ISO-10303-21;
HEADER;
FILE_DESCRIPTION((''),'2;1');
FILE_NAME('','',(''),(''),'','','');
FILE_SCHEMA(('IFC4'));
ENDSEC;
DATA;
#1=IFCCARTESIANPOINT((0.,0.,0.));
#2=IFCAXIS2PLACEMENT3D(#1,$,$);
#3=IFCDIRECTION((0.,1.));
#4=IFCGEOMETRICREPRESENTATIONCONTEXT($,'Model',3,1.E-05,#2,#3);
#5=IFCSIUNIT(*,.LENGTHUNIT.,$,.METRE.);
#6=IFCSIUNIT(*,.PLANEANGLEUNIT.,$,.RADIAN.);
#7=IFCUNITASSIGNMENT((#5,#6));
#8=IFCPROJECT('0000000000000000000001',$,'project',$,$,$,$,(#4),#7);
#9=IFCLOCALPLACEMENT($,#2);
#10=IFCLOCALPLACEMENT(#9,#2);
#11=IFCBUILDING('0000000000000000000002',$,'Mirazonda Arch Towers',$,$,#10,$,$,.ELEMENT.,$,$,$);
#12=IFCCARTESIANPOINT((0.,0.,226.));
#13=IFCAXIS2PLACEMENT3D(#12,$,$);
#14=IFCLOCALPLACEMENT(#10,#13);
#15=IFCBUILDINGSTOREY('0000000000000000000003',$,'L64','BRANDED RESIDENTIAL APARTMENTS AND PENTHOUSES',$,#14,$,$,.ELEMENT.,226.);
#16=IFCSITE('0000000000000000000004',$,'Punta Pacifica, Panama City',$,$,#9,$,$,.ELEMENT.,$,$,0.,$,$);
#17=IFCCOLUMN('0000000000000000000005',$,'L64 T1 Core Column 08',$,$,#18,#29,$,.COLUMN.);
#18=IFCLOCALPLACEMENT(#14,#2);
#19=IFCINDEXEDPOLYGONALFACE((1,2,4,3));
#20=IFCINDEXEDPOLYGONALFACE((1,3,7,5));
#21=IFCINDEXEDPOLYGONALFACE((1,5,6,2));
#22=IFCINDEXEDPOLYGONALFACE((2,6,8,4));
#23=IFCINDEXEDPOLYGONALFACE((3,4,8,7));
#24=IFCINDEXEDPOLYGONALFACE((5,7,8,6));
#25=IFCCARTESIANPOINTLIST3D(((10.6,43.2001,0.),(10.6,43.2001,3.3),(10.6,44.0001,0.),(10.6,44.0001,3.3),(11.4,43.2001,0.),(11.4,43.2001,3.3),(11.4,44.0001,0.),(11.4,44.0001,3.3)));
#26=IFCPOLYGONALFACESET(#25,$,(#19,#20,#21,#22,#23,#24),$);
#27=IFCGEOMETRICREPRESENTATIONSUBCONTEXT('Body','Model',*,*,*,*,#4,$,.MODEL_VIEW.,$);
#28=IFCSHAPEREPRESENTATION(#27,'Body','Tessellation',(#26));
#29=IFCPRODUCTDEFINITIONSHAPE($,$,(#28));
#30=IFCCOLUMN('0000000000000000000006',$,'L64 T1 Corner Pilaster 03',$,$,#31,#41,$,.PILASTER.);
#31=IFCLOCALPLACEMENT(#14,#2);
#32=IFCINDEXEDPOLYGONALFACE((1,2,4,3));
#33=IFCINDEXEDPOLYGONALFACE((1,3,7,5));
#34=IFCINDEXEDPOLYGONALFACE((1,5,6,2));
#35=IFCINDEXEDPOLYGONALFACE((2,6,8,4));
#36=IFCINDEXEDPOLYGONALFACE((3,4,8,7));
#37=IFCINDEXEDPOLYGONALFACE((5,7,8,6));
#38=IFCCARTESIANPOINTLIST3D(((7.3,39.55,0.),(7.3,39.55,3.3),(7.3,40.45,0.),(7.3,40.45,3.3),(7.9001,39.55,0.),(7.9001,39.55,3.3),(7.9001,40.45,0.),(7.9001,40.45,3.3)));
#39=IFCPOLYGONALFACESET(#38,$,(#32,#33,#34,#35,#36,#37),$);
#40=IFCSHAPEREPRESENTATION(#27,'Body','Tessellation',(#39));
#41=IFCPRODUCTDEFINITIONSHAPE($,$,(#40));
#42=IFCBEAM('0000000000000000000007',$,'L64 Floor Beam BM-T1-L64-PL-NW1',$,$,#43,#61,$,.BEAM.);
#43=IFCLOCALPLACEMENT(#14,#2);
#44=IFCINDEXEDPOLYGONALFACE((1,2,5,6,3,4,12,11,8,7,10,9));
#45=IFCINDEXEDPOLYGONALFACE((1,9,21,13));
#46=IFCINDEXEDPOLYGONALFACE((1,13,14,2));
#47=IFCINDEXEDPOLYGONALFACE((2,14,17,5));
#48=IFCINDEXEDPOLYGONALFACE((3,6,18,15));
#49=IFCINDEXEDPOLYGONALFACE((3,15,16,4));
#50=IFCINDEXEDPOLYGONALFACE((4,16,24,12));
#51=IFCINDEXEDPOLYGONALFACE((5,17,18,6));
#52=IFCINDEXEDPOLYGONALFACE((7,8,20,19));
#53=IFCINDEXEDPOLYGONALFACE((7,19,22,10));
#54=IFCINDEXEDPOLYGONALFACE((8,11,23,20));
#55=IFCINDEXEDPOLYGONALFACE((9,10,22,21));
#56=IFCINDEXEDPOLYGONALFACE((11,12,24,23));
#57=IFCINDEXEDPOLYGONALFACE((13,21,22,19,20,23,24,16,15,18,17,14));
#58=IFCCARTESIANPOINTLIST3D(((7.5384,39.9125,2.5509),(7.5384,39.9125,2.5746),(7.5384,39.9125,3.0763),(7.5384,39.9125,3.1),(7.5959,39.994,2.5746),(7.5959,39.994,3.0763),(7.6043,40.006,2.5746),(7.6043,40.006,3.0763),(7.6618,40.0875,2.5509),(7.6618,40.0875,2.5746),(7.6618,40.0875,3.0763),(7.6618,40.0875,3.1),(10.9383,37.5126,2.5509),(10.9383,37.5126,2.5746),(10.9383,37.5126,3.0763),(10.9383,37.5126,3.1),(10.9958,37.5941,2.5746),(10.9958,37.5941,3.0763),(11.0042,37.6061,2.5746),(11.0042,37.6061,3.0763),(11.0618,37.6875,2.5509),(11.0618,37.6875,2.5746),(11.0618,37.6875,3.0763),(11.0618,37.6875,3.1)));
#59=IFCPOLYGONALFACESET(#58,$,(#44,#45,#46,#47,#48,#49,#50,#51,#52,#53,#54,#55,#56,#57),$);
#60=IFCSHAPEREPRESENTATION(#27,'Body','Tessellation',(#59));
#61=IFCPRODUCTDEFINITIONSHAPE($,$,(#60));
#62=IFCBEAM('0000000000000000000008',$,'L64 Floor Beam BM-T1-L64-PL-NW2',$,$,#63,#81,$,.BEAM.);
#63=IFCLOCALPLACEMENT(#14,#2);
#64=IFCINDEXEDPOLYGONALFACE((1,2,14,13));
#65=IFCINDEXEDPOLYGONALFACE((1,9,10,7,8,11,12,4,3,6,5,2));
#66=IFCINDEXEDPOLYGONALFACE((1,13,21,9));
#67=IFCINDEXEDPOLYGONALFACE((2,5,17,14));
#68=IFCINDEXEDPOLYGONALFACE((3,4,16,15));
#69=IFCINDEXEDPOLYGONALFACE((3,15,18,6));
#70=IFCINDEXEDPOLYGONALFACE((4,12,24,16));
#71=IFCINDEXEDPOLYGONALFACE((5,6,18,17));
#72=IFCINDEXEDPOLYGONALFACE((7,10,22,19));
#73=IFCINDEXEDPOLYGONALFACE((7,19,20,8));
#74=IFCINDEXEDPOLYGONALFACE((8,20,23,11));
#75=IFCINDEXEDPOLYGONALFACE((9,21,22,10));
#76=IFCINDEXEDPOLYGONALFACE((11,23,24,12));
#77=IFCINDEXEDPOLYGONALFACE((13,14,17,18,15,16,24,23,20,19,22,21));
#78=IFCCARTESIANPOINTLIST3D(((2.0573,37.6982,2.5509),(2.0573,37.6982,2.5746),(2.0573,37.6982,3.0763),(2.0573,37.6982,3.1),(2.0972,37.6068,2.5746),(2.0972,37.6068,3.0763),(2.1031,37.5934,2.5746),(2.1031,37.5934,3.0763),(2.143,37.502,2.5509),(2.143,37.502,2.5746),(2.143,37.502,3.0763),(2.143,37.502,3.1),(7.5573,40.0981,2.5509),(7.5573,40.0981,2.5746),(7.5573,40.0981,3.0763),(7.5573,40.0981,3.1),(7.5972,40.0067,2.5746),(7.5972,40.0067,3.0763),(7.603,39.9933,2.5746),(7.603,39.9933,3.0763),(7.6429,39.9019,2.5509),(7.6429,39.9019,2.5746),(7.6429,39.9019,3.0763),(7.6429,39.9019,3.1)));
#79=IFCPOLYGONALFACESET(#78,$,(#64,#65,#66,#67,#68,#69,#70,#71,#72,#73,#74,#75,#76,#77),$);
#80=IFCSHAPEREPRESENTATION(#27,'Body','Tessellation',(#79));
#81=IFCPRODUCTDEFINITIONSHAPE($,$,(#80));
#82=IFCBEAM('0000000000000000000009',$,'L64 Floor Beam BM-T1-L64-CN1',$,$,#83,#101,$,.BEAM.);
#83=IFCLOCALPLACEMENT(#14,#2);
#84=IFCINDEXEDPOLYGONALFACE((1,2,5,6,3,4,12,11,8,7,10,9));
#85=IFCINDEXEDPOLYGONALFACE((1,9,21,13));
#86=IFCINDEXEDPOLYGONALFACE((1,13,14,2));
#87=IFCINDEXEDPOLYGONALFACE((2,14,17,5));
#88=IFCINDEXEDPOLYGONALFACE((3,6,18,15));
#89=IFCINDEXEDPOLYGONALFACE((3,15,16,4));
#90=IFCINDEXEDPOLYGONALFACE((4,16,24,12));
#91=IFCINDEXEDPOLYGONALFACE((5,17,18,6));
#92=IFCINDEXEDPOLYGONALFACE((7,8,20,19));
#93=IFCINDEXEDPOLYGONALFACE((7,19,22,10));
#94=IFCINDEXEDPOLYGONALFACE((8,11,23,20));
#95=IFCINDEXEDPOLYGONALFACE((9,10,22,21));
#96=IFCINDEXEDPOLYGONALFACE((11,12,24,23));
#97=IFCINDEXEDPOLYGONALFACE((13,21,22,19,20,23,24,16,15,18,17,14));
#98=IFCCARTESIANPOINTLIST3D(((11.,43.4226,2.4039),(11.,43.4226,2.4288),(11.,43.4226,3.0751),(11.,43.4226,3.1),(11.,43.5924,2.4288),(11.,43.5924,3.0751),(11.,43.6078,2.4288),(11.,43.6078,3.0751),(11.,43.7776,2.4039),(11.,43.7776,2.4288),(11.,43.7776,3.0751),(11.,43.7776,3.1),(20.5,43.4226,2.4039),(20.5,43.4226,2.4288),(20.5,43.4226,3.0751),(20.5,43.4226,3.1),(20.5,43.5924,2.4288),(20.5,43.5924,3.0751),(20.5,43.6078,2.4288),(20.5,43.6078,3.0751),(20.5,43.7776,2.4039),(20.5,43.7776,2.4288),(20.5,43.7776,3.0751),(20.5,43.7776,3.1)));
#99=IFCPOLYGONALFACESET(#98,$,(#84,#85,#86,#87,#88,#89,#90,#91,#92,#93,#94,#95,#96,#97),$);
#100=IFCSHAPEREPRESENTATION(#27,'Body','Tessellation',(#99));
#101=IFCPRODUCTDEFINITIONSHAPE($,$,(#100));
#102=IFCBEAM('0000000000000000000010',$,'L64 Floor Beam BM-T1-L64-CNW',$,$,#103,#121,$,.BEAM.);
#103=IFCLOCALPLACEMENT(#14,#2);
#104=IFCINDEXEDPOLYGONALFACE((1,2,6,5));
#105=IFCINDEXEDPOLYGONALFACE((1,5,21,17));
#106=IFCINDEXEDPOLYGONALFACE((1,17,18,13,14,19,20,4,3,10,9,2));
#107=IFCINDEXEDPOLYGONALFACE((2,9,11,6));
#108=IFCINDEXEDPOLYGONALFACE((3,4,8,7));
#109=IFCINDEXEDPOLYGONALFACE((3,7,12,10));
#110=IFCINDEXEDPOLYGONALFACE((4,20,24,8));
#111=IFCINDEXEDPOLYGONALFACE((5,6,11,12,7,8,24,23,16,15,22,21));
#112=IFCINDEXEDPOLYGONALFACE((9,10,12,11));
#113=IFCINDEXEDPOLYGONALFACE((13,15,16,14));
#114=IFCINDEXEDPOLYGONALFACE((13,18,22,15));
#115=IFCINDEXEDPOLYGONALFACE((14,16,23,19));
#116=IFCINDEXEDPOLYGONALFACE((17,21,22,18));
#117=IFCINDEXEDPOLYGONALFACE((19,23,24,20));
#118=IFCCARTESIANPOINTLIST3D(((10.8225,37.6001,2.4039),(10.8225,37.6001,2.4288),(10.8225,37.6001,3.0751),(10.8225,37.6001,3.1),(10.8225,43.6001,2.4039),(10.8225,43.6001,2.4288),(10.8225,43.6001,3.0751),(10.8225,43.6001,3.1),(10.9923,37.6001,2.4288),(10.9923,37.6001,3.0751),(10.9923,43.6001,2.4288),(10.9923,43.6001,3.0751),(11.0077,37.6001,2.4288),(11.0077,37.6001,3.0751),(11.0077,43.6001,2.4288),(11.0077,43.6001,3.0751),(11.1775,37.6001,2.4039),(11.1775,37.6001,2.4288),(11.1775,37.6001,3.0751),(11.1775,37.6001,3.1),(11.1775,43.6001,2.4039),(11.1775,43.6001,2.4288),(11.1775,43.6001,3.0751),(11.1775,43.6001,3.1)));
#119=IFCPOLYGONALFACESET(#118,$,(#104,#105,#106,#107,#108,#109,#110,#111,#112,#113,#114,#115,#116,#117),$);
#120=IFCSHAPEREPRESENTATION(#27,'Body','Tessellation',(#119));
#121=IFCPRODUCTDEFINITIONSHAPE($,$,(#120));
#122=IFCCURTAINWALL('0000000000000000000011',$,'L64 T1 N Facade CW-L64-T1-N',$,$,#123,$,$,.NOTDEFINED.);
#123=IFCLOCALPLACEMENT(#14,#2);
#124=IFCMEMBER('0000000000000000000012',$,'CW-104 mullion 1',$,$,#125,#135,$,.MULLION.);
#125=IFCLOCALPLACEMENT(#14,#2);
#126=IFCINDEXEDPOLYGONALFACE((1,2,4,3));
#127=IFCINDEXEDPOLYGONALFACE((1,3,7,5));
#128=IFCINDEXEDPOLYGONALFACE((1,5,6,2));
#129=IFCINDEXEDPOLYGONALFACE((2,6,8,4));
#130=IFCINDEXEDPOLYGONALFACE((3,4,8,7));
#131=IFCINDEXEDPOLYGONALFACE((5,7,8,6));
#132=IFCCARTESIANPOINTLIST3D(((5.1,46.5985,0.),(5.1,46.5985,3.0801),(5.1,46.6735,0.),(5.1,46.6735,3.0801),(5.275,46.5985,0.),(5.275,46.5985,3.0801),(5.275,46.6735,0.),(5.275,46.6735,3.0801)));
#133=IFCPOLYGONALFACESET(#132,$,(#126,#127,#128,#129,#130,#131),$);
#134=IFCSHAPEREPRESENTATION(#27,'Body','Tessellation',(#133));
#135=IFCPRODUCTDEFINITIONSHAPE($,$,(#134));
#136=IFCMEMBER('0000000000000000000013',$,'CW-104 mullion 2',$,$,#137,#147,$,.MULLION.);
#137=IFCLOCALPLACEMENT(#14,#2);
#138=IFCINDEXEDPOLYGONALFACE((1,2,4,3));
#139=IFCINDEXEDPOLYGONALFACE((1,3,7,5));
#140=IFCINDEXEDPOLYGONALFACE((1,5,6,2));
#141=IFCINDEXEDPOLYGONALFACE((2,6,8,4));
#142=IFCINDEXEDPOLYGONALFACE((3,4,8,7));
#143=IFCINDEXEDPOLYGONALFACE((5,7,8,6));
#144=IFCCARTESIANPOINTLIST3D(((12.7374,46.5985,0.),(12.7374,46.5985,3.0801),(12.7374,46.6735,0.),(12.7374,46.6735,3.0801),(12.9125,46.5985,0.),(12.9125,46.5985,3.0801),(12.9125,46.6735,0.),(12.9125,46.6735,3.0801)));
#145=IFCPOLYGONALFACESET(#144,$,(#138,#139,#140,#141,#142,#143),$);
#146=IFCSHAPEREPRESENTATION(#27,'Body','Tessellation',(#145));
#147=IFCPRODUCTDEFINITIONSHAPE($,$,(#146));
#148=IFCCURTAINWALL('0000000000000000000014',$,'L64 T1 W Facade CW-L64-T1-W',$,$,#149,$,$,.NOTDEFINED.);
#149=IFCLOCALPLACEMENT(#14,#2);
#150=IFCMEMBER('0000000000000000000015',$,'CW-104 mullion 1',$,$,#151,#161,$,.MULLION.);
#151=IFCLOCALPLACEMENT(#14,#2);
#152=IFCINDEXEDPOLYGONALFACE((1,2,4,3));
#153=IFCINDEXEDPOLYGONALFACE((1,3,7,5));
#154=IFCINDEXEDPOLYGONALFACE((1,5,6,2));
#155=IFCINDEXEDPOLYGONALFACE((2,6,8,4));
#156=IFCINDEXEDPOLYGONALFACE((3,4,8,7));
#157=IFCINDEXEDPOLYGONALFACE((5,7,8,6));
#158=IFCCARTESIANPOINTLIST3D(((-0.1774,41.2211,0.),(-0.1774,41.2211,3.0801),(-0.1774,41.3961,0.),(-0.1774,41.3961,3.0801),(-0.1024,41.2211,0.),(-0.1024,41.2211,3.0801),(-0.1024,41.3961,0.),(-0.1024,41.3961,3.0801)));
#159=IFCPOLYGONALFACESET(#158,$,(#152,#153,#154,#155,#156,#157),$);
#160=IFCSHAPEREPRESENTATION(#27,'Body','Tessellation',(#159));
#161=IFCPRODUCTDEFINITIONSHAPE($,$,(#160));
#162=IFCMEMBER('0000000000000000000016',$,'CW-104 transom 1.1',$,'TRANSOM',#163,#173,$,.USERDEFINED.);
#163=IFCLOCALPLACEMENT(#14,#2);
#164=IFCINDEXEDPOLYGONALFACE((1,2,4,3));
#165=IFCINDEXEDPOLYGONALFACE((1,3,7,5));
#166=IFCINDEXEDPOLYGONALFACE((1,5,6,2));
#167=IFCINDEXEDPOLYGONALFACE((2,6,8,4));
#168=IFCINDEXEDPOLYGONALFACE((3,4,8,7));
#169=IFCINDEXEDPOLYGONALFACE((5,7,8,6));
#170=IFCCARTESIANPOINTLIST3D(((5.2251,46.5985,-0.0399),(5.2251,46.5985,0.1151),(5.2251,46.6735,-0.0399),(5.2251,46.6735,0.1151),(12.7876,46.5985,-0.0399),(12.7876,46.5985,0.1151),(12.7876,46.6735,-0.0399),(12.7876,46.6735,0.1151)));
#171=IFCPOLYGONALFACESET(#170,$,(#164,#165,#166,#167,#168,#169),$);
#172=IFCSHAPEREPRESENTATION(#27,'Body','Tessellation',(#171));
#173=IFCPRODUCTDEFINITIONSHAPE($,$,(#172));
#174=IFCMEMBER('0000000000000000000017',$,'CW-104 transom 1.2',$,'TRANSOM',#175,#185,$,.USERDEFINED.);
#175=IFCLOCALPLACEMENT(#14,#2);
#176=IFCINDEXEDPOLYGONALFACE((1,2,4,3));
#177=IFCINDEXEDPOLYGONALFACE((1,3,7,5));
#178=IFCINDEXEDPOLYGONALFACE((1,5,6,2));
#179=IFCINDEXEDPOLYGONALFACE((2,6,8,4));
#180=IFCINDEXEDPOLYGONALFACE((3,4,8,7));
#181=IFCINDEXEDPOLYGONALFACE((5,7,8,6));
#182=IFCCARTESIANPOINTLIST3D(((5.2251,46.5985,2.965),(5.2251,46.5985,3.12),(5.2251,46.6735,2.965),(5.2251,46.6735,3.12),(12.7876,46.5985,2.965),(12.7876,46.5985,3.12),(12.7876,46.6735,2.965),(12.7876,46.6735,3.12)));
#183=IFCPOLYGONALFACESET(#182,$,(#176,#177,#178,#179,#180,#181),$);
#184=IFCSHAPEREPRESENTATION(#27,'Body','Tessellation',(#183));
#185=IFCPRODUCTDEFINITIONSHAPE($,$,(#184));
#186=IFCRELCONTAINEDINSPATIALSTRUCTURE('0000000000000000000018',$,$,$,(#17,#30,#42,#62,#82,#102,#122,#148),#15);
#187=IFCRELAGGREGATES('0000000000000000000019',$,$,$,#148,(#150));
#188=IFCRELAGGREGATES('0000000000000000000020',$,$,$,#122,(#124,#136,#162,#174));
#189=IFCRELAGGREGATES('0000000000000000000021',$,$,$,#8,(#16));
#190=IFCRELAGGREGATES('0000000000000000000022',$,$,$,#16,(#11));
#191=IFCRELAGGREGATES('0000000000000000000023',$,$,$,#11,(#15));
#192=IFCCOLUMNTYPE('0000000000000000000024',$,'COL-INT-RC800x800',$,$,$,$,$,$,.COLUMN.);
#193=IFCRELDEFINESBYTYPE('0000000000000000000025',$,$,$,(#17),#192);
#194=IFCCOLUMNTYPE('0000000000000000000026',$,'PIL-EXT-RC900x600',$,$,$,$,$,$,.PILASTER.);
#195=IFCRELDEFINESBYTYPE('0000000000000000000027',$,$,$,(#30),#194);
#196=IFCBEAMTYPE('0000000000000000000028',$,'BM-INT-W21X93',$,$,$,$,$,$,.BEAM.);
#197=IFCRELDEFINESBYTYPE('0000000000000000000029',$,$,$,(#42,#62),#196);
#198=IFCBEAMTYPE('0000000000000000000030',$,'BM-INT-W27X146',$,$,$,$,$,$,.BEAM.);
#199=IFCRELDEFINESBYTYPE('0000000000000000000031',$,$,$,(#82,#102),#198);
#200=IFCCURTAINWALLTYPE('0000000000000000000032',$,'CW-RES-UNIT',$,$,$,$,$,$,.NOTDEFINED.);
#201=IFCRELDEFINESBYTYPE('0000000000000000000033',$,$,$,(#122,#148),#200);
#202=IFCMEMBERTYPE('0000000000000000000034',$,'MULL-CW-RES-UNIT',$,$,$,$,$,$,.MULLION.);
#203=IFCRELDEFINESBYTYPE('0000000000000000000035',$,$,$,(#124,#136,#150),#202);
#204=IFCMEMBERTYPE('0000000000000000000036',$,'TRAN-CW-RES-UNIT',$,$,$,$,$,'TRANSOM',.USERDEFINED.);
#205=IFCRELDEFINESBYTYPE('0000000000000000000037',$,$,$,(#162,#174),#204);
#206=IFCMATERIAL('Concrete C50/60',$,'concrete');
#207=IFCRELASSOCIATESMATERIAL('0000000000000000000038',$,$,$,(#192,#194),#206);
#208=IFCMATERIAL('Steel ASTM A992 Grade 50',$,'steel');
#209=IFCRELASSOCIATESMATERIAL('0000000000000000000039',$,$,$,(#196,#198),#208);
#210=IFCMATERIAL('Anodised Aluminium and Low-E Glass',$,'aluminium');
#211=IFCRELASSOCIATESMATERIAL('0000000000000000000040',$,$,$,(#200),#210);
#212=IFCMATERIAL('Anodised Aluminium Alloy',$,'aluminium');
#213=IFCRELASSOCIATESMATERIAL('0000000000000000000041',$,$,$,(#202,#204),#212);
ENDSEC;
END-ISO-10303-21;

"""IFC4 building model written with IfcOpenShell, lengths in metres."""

from ifc_helpers import new_model, si_unit, direction, frame, origin, origin_2d, place, context, subcontext, project, spatial, rectangle, i_section, extrude, material, material_profile, profile_set, type_object, element, aggregate, save


model = new_model("IFC4")

# Units and contexts
model_context = context("Model", 3, precision=1e-05, world=origin(), true_north=direction((0.0, 1.0)))
body_context = subcontext(model_context, "Body", "Model", "MODEL_VIEW")
ifc_project = project(units=[si_unit("LENGTHUNIT", "METRE"), si_unit("PLANEANGLEUNIT", "RADIAN")], contexts=[model_context])

# Site, building, storey
site_placement = place(None, origin())
site = spatial("IfcSite", under=ifc_project, at=site_placement, Name="Punta Pacifica, Panama City", CompositionType="ELEMENT", RefElevation=0.0)
building_placement = place(site_placement, origin())
building = spatial("IfcBuilding", under=site, at=building_placement, Name="Mirazonda Arch Towers", CompositionType="ELEMENT")
storey_placement = place(building_placement, frame((0.0, 0.0, 226.0)))
storey = spatial("IfcBuildingStorey", under=building, at=storey_placement, Name="L64", Description="BRANDED RESIDENTIAL APARTMENTS AND PENTHOUSES", CompositionType="ELEMENT", Elevation=226.0)

# Columns
ifc_material_1 = material(Name="Concrete C50/60", Category="concrete")
ifc_material_profile_1 = material_profile(ifc_material_1, rectangle(XDim=0.8, YDim=0.8, at=origin_2d()), Name="RC800x800")
ifc_profile_set_1 = profile_set([ifc_material_profile_1], Name="Concrete C50/60")
column_type_1 = type_object("IfcColumnType", Name="COL-INT-RC800x800", PredefinedType="COLUMN", material=ifc_profile_set_1)
column_1_placement = place(storey_placement, frame((11.0, 43.6001, 0.0), z_axis=(0.0, 0.0, 1.0), x_axis=(1.0, 0.0, 0.0)))
element("IfcColumn", 1, at=column_1_placement, inside=storey, type_object=column_type_1, Name="L64 T1 Core Column 08", PredefinedType="COLUMN", context=body_context, shape_type="SweptSolid", body=[
    extrude(rectangle(XDim=0.8, YDim=0.8, at=origin_2d()), origin(), (0.0, 0.0, 1.0), 3.3),
])
ifc_material_profile_2 = material_profile(ifc_material_1, rectangle(XDim=0.6001, YDim=0.8999, at=origin_2d()), Name="RC900x600")
ifc_profile_set_2 = profile_set([ifc_material_profile_2], Name="Concrete C50/60")
column_type_2 = type_object("IfcColumnType", Name="PIL-EXT-RC900x600", PredefinedType="PILASTER", material=ifc_profile_set_2)
column_2_placement = place(storey_placement, frame((7.6001, 40.0, 0.0), z_axis=(0.0, 0.0, 1.0), x_axis=(1.0, 0.0, 0.0)))
element("IfcColumn", 2, at=column_2_placement, inside=storey, type_object=column_type_2, Name="L64 T1 Corner Pilaster 03", PredefinedType="PILASTER", context=body_context, shape_type="SweptSolid", body=[
    extrude(rectangle(XDim=0.6001, YDim=0.8999, at=origin_2d()), origin(), (0.0, 0.0, 1.0), 3.3),
])

# Beams
ifc_material_2 = material(Name="Steel ASTM A992 Grade 50", Category="steel")
ifc_material_profile_3 = material_profile(ifc_material_2, i_section(OverallWidth=0.2141, OverallDepth=0.5491, WebThickness=0.0146, FlangeThickness=0.0237, at=origin_2d()), Name="W21X93")
ifc_profile_set_3 = profile_set([ifc_material_profile_3], Name="Steel ASTM A992 Grade 50")
beam_type_1 = type_object("IfcBeamType", Name="BM-INT-W21X93", PredefinedType="BEAM", material=ifc_profile_set_3)
beam_1_placement = place(storey_placement, frame((7.6001, 40.0, 2.8254), z_axis=(0.816971, -0.576679, 0.0), x_axis=(0.576679, 0.816971, 0.0)))
element("IfcBeam", 3, at=beam_1_placement, inside=storey, type_object=beam_type_1, Name="L64 Floor Beam BM-T1-L64-PL-NW1", PredefinedType="BEAM", context=body_context, shape_type="SweptSolid", body=[
    extrude(i_section(OverallWidth=0.2141, OverallDepth=0.5491, WebThickness=0.0146, FlangeThickness=0.0237, at=origin_2d()), origin(), (0.0, 0.0, 1.0), 4.1616),
])
beam_2_placement = place(storey_placement, frame((7.6001, 40.0, 2.8254), z_axis=(-0.916545, -0.399931, 0.0), x_axis=(0.399931, -0.916545, 0.0)))
element("IfcBeam", 4, at=beam_2_placement, inside=storey, type_object=beam_type_1, Name="L64 Floor Beam BM-T1-L64-PL-NW2", PredefinedType="BEAM", context=body_context, shape_type="SweptSolid", body=[
    extrude(i_section(OverallWidth=0.2141, OverallDepth=0.5491, WebThickness=0.0146, FlangeThickness=0.0237, at=origin_2d()), origin(), (0.0, 0.0, 1.0), 6.0007),
])
ifc_material_profile_4 = material_profile(ifc_material_2, i_section(OverallWidth=0.355, OverallDepth=0.696, WebThickness=0.0154, FlangeThickness=0.0249, at=origin_2d()), Name="W27X146")
ifc_profile_set_4 = profile_set([ifc_material_profile_4], Name="Steel ASTM A992 Grade 50")
beam_type_2 = type_object("IfcBeamType", Name="BM-INT-W27X146", PredefinedType="BEAM", material=ifc_profile_set_4)
beam_3_placement = place(storey_placement, frame((11.0, 43.6001, 2.752), z_axis=(1.0, 0.0, 0.0), x_axis=(0.0, 1.0, 0.0)))
element("IfcBeam", 5, at=beam_3_placement, inside=storey, type_object=beam_type_2, Name="L64 Floor Beam BM-T1-L64-CN1", PredefinedType="BEAM", context=body_context, shape_type="SweptSolid", body=[
    extrude(i_section(OverallWidth=0.355, OverallDepth=0.696, WebThickness=0.0154, FlangeThickness=0.0249, at=origin_2d()), origin(), (0.0, 0.0, 1.0), 9.5),
])
beam_4_placement = place(storey_placement, frame((11.0, 37.6001, 2.752), z_axis=(0.0, 1.0, 0.0), x_axis=(-1.0, 0.0, 0.0)))
element("IfcBeam", 6, at=beam_4_placement, inside=storey, type_object=beam_type_2, Name="L64 Floor Beam BM-T1-L64-CNW", PredefinedType="BEAM", context=body_context, shape_type="SweptSolid", body=[
    extrude(i_section(OverallWidth=0.355, OverallDepth=0.696, WebThickness=0.0154, FlangeThickness=0.0249, at=origin_2d()), origin(), (0.0, 0.0, 1.0), 6.0),
])

# Curtain wall, members
ifc_material_3 = material(Name="Anodised Aluminium and Low-E Glass", Category="aluminium")
curtain_wall_type = type_object("IfcCurtainWallType", Name="CW-RES-UNIT", PredefinedType="NOTDEFINED", material=ifc_material_3)
curtain_wall_1_placement = place(storey_placement, origin())
curtain_wall_1 = element("IfcCurtainWall", 7, at=curtain_wall_1_placement, inside=storey, type_object=curtain_wall_type, Name="L64 T1 N Facade CW-L64-T1-N", PredefinedType="NOTDEFINED")
ifc_material_4 = material(Name="Anodised Aluminium Alloy", Category="aluminium")
ifc_material_profile_5 = material_profile(ifc_material_4, rectangle(XDim=0.075, YDim=0.175, at=origin_2d()), Name="ALU-MULL-75x175")
ifc_profile_set_5 = profile_set([ifc_material_profile_5], Name="Anodised Aluminium Alloy")
member_type_1 = type_object("IfcMemberType", Name="MULL-CW-RES-UNIT", PredefinedType="MULLION", material=ifc_profile_set_5)
member_1_placement = place(storey_placement, frame((5.1875, 46.636, 0.0), z_axis=(0.0, 0.0, 1.0), x_axis=(0.0, 1.0, 0.0)))
member_1 = element("IfcMember", 8, at=member_1_placement, type_object=member_type_1, Name="CW-104 mullion 1", PredefinedType="MULLION", context=body_context, shape_type="SweptSolid", body=[
    extrude(rectangle(XDim=0.075, YDim=0.175, at=origin_2d()), origin(), (0.0, 0.0, 1.0), 3.0801),
])
member_2_placement = place(storey_placement, frame((12.825, 46.636, 0.0), z_axis=(0.0, 0.0, 1.0), x_axis=(0.0, 1.0, 0.0)))
member_2 = element("IfcMember", 9, at=member_2_placement, type_object=member_type_1, Name="CW-104 mullion 2", PredefinedType="MULLION", context=body_context, shape_type="SweptSolid", body=[
    extrude(rectangle(XDim=0.075, YDim=0.175, at=origin_2d()), origin(), (0.0, 0.0, 1.0), 3.0801),
])

# Curtain wall, member
curtain_wall_2_placement = place(storey_placement, origin())
curtain_wall_2 = element("IfcCurtainWall", 10, at=curtain_wall_2_placement, inside=storey, type_object=curtain_wall_type, Name="L64 T1 W Facade CW-L64-T1-W", PredefinedType="NOTDEFINED")
member_3_placement = place(storey_placement, frame((-0.1399, 41.3086, 0.0), z_axis=(0.0, 0.0, 1.0), x_axis=(1.0, 0.0, 0.0)))
member_3 = element("IfcMember", 11, at=member_3_placement, type_object=member_type_1, Name="CW-104 mullion 1", PredefinedType="MULLION", context=body_context, shape_type="SweptSolid", body=[
    extrude(rectangle(XDim=0.075, YDim=0.175, at=origin_2d()), origin(), (0.0, 0.0, 1.0), 3.0801),
])

# Members
ifc_material_profile_6 = material_profile(ifc_material_4, rectangle(XDim=0.075, YDim=0.155, at=origin_2d()), Name="ALU-TRAN-75x155")
ifc_profile_set_6 = profile_set([ifc_material_profile_6], Name="Anodised Aluminium Alloy")
member_type_2 = type_object("IfcMemberType", Name="TRAN-CW-RES-UNIT", ElementType="TRANSOM", PredefinedType="USERDEFINED", material=ifc_profile_set_6)
member_4_placement = place(storey_placement, frame((5.2251, 46.636, 0.0376), z_axis=(1.0, 0.0, 0.0), x_axis=(0.0, 1.0, 0.0)))
member_4 = element("IfcMember", 12, at=member_4_placement, type_object=member_type_2, Name="CW-104 transom 1.1", ObjectType="TRANSOM", PredefinedType="USERDEFINED", context=body_context, shape_type="SweptSolid", body=[
    extrude(rectangle(XDim=0.075, YDim=0.155, at=origin_2d()), origin(), (0.0, 0.0, 1.0), 7.5625),
])
member_5_placement = place(storey_placement, frame((5.2251, 46.636, 3.0425), z_axis=(1.0, 0.0, 0.0), x_axis=(0.0, 1.0, 0.0)))
member_5 = element("IfcMember", 13, at=member_5_placement, type_object=member_type_2, Name="CW-104 transom 1.2", ObjectType="TRANSOM", PredefinedType="USERDEFINED", context=body_context, shape_type="SweptSolid", body=[
    extrude(rectangle(XDim=0.075, YDim=0.155, at=origin_2d()), origin(), (0.0, 0.0, 1.0), 7.5625),
])
aggregate(curtain_wall_2, [member_3])

aggregate(curtain_wall_1, [member_1, member_2, member_4, member_5])

save(model, "model.ifc")
